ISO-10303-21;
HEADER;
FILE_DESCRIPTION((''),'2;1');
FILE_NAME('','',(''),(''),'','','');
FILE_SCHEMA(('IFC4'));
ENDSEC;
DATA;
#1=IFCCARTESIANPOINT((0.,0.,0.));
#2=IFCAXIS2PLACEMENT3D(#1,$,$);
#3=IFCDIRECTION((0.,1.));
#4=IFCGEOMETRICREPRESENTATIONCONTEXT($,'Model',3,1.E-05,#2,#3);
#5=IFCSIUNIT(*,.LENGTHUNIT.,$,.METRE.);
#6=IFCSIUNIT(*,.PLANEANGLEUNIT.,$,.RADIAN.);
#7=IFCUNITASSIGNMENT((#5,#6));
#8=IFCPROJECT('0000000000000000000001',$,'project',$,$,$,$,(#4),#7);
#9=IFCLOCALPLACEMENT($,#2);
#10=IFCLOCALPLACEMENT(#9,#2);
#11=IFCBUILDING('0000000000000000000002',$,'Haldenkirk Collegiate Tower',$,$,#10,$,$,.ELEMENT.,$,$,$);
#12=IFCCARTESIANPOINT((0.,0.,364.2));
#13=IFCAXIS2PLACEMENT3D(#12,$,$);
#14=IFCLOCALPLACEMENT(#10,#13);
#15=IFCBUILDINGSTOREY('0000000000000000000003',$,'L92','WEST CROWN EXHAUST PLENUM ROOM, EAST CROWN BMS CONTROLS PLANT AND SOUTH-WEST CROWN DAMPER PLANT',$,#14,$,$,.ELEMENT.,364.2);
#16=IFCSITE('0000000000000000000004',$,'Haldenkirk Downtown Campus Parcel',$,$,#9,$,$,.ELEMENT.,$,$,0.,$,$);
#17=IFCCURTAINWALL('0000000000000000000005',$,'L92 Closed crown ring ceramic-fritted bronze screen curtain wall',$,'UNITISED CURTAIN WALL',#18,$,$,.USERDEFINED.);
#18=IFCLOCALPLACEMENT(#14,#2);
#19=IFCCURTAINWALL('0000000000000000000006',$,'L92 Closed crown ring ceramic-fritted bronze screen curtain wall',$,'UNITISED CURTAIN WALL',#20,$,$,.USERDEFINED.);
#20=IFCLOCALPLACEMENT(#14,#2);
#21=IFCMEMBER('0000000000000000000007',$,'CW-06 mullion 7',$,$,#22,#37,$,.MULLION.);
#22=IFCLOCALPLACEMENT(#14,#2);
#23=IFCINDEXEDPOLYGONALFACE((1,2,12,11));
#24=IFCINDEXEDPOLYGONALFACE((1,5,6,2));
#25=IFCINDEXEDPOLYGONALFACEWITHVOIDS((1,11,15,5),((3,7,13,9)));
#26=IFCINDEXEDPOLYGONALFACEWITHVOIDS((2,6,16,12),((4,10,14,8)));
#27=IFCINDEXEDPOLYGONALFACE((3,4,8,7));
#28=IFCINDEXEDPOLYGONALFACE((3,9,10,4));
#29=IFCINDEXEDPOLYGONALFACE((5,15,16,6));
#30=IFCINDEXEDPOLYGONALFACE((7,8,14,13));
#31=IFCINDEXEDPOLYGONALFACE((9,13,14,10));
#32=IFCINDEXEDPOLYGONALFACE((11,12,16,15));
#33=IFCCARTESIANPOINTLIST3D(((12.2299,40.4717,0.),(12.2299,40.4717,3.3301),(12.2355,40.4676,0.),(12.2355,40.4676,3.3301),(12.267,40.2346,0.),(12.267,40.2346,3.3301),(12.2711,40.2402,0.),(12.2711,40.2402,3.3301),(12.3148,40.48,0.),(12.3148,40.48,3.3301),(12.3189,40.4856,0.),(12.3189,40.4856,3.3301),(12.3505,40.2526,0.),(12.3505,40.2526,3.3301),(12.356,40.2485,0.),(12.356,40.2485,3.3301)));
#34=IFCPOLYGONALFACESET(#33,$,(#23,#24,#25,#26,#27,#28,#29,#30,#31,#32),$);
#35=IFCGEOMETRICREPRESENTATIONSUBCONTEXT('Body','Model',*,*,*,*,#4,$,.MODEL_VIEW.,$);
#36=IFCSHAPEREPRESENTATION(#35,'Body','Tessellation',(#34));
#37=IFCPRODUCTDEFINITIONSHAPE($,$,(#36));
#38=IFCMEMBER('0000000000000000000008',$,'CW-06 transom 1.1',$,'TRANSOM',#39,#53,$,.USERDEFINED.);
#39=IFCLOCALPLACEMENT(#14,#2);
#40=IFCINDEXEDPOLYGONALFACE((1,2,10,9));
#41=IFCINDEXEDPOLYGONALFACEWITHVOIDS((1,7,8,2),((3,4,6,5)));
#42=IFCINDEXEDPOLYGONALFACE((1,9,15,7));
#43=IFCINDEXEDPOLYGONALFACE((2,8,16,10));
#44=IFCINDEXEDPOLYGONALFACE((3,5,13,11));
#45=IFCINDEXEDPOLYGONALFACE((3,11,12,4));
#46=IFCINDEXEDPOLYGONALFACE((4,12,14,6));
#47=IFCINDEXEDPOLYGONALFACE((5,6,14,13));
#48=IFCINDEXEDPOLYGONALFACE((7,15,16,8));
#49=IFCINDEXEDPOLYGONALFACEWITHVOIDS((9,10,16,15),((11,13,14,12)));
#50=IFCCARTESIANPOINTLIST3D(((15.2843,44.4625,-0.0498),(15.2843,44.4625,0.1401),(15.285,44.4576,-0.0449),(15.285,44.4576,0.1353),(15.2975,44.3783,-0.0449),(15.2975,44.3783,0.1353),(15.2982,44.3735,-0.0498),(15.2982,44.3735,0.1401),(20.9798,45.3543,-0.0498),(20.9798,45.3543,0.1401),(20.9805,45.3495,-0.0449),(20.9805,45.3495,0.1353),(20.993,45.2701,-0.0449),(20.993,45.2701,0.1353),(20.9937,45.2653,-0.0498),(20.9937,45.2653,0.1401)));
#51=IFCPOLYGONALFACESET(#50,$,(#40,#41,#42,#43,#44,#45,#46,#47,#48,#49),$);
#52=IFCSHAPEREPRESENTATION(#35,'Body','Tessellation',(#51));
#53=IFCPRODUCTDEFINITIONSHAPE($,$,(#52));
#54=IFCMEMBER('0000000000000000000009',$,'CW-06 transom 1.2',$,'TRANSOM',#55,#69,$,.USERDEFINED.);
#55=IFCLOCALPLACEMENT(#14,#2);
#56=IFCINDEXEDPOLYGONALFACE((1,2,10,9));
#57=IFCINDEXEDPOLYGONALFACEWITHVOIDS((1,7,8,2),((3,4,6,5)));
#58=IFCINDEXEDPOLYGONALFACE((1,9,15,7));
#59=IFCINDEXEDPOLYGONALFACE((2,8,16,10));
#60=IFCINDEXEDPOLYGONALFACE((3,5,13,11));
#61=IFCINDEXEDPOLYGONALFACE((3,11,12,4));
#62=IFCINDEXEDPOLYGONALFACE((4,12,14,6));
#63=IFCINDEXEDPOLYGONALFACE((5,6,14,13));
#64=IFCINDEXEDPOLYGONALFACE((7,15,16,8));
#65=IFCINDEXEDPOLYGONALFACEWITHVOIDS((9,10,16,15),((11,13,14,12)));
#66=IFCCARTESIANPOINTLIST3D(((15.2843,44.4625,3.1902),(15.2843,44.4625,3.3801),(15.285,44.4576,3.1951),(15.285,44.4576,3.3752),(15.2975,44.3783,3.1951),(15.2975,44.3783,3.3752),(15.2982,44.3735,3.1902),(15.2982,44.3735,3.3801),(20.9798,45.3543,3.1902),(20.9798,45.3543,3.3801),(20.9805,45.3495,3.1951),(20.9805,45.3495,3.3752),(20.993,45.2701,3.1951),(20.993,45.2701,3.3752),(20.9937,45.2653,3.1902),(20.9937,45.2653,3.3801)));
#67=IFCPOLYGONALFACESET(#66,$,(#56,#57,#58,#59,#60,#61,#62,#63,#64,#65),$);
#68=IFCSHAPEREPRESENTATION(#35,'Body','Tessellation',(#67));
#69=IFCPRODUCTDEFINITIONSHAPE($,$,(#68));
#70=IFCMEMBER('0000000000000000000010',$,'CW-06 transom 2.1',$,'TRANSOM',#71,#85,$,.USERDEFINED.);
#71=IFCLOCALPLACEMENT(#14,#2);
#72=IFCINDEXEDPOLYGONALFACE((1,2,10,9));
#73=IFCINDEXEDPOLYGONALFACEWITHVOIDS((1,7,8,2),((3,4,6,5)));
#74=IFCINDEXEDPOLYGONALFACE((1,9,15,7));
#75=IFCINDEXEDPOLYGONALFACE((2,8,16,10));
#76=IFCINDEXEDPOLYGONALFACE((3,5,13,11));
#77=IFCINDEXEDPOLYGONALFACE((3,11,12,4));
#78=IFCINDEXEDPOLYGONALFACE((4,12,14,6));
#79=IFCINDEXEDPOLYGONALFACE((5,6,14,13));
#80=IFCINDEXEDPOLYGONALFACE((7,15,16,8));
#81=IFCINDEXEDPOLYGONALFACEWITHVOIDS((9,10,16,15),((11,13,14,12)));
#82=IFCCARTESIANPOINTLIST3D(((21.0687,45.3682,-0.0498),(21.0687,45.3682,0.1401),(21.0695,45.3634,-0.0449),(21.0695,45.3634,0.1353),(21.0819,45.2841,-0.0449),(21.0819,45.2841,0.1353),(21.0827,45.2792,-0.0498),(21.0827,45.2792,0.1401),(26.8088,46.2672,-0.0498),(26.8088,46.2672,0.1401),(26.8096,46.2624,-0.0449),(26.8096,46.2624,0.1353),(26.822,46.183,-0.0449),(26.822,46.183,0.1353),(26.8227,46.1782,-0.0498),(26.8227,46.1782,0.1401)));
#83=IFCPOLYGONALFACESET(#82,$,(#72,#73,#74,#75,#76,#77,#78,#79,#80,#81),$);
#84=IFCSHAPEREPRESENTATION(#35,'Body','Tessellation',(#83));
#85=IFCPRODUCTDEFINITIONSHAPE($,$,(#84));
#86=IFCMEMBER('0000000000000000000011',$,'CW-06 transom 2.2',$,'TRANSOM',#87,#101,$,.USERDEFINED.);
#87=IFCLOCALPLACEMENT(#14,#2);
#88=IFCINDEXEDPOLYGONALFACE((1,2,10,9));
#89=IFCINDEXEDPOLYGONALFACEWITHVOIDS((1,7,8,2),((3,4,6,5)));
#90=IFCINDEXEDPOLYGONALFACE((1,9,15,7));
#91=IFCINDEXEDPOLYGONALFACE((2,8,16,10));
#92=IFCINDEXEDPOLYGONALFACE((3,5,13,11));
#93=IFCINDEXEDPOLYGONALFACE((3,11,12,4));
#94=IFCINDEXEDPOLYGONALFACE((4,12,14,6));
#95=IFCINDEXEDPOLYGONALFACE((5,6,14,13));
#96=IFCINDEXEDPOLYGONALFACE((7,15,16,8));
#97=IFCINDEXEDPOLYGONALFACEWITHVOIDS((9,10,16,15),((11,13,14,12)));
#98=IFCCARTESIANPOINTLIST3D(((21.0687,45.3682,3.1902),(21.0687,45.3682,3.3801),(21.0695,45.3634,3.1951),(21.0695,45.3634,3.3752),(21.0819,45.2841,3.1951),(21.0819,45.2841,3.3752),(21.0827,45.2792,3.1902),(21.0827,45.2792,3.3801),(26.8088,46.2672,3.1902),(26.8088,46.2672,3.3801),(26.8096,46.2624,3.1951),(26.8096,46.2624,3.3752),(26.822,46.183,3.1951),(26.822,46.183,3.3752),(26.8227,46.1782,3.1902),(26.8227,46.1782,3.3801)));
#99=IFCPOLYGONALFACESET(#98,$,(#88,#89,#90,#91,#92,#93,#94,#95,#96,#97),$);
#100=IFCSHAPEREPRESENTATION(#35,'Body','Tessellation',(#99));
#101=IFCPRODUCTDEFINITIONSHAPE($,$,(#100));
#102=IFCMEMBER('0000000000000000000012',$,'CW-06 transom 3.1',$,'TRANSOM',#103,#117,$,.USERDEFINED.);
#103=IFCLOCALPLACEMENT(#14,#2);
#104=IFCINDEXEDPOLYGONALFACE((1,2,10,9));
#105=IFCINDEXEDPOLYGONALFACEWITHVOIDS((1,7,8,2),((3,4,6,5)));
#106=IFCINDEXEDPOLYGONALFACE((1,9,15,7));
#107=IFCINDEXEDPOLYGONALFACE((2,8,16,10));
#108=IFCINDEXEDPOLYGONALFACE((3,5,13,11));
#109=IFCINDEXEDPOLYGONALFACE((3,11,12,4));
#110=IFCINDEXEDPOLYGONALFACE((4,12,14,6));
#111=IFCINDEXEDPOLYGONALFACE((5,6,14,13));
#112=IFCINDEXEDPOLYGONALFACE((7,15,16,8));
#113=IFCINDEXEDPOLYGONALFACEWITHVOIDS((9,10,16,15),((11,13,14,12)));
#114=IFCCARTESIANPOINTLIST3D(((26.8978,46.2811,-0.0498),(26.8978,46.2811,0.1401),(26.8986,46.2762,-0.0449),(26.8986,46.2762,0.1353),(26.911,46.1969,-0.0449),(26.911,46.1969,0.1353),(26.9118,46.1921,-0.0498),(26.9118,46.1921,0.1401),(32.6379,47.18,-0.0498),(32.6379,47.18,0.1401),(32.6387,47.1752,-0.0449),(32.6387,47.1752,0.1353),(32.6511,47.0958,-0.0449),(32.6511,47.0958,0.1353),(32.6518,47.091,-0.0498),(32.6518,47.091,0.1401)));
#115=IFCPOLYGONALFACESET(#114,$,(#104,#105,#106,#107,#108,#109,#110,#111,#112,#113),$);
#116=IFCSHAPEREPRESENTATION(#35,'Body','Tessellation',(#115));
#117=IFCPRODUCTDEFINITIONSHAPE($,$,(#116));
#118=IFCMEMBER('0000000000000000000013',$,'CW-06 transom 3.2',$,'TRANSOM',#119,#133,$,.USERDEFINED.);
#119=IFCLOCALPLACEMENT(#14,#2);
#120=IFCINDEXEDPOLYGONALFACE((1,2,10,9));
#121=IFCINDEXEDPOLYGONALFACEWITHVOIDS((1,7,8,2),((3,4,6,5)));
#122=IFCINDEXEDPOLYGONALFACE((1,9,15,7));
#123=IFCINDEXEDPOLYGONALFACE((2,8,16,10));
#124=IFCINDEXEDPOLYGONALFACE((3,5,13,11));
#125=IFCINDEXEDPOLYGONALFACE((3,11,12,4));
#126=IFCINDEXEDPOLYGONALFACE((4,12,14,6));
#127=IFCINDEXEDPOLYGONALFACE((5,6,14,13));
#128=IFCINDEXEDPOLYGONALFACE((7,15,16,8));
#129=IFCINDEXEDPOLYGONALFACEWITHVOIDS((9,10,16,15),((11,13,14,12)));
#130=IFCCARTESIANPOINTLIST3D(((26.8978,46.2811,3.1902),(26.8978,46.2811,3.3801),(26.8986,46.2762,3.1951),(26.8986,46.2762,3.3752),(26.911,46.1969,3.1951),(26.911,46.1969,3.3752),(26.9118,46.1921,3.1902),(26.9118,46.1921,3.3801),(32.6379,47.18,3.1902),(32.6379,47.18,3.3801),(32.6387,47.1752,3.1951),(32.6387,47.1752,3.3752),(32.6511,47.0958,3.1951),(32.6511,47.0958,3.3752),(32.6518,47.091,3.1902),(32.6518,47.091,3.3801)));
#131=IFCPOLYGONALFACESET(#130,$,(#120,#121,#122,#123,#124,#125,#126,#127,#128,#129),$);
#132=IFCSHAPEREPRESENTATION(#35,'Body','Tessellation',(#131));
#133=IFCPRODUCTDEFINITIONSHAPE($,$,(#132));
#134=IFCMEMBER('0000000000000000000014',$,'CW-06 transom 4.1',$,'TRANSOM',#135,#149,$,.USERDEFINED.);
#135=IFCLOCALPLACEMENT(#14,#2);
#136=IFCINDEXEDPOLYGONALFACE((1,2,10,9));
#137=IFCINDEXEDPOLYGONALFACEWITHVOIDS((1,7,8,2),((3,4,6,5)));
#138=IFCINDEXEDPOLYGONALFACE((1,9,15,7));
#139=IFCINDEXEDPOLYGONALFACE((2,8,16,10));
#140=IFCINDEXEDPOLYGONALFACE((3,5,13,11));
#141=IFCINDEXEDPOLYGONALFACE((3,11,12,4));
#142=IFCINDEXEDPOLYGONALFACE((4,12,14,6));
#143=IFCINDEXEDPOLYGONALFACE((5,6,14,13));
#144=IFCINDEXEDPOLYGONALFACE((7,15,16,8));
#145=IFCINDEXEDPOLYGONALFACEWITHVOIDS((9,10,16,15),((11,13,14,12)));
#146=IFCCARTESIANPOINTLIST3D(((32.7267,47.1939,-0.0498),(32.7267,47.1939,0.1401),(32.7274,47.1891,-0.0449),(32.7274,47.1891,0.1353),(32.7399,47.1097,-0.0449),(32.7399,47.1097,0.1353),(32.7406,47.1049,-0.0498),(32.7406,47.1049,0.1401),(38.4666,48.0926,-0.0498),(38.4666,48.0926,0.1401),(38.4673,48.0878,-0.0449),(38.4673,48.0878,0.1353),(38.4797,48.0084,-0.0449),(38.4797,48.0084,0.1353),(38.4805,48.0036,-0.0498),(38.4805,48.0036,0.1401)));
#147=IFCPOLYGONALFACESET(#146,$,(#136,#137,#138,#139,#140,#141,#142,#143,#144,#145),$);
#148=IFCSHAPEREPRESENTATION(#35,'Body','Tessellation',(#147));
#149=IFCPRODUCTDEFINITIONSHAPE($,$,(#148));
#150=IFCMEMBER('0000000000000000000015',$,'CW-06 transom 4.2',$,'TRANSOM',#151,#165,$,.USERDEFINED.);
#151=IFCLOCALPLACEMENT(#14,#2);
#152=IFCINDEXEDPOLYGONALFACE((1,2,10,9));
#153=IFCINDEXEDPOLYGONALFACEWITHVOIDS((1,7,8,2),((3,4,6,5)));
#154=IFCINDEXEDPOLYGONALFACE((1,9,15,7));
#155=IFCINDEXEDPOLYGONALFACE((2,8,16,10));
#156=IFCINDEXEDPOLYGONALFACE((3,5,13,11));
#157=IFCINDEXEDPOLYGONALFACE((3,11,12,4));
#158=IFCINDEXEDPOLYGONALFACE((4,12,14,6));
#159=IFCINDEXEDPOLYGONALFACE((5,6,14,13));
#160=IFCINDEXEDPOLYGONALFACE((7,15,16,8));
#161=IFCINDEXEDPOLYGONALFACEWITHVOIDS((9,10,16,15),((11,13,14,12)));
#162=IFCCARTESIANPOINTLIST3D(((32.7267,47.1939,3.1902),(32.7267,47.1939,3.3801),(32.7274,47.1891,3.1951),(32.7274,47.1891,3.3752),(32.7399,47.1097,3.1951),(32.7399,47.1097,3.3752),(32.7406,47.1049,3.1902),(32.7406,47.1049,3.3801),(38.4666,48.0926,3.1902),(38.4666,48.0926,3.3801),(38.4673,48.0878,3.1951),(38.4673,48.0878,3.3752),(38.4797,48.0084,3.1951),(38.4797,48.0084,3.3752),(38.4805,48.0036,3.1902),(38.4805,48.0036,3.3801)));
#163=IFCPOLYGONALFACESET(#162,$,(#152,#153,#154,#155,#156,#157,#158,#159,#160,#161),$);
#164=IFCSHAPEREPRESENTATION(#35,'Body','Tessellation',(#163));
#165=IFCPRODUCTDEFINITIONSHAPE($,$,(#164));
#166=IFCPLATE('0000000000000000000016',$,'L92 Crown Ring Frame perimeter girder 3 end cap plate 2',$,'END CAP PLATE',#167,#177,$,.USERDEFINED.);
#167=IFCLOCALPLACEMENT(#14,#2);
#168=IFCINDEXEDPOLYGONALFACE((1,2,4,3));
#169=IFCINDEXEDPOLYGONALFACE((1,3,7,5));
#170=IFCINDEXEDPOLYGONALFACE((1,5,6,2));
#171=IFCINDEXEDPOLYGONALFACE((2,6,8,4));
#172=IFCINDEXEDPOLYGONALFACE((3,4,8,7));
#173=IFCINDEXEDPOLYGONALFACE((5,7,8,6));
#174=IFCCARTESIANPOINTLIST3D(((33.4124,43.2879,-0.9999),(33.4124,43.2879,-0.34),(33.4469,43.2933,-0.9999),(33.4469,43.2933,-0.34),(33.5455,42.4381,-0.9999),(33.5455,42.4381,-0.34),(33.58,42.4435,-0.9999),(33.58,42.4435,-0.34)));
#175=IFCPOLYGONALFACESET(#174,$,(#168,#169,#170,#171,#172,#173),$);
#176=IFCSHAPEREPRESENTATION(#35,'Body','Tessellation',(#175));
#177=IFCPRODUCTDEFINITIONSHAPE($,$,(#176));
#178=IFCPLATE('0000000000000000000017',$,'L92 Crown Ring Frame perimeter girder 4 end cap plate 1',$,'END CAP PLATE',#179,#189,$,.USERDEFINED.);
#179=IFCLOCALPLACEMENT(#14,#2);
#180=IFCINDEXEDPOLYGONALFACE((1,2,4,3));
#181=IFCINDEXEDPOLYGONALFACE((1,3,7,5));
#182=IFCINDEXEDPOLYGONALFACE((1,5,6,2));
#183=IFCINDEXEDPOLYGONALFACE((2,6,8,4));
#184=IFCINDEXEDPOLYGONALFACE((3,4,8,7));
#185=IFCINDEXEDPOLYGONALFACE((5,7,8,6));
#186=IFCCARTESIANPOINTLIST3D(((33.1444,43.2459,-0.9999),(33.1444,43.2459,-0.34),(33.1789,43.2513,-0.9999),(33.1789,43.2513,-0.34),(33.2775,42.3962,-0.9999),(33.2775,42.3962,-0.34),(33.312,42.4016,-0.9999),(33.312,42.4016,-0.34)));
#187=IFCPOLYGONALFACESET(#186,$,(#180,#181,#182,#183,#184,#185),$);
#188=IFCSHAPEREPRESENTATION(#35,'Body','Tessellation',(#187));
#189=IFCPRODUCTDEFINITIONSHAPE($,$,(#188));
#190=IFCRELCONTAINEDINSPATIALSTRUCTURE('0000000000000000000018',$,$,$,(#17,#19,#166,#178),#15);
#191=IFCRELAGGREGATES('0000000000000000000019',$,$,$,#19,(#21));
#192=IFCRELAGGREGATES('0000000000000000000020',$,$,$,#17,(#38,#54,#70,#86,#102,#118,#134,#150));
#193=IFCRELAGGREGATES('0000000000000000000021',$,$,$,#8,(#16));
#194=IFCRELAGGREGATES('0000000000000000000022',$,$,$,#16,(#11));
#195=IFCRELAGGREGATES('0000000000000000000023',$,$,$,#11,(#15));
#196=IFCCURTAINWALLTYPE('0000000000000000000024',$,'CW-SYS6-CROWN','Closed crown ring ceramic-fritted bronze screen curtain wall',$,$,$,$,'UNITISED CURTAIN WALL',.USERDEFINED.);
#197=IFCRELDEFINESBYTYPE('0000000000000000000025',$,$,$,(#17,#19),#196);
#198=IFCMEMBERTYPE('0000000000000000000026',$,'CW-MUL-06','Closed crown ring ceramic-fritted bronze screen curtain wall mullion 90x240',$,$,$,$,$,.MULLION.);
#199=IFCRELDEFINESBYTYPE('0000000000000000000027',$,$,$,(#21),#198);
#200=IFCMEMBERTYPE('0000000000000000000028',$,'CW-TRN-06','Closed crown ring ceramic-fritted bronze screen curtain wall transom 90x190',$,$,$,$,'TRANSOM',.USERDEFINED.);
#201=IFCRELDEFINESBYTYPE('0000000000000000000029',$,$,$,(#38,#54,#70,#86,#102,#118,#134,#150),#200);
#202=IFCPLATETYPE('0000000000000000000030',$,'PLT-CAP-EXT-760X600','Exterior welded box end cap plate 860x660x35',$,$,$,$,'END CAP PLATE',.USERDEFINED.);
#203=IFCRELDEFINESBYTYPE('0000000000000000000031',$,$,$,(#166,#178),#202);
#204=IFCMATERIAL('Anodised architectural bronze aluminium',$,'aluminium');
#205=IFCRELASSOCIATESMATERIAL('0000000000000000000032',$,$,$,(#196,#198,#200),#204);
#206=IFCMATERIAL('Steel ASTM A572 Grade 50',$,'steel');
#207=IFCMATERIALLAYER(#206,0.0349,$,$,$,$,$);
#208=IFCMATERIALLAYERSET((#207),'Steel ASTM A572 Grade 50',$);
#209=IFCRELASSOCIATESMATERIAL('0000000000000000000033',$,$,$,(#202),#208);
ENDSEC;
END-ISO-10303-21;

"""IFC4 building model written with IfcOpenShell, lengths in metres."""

from ifc_helpers import new_model, si_unit, direction, frame, origin, origin_2d, place, context, subcontext, project, spatial, rectangle, hollow_rectangle, extrude, source, transform, mapped, material, layer, layer_set, material_profile, profile_set, type_object, element, aggregate, save


model = new_model("IFC4")

# Units and contexts
model_context = context("Model", 3, precision=1e-05, world=origin(), true_north=direction((0.0, 1.0)))
body_context = subcontext(model_context, "Body", "Model", "MODEL_VIEW")
ifc_project = project(units=[si_unit("LENGTHUNIT", "METRE"), si_unit("PLANEANGLEUNIT", "RADIAN")], contexts=[model_context])

# Site, building, storey
site_placement = place(None, origin())
site = spatial("IfcSite", under=ifc_project, at=site_placement, Name="Haldenkirk Downtown Campus Parcel", CompositionType="ELEMENT", RefElevation=0.0)
building_placement = place(site_placement, origin())
building = spatial("IfcBuilding", under=site, at=building_placement, Name="Haldenkirk Collegiate Tower", CompositionType="ELEMENT")
storey_placement = place(building_placement, frame((0.0, 0.0, 364.2)))
storey = spatial("IfcBuildingStorey", under=building, at=storey_placement, Name="L92", Description="WEST CROWN EXHAUST PLENUM ROOM, EAST CROWN BMS CONTROLS PLANT AND SOUTH-WEST CROWN DAMPER PLANT", CompositionType="ELEMENT", Elevation=364.2)

# Shared definitions
ifc_material_1 = material(Name="Steel ASTM A572 Grade 50", Category="steel")

# Curtain wall
ifc_material_2 = material(Name="Anodised architectural bronze aluminium", Category="aluminium")
curtain_wall_type = type_object("IfcCurtainWallType", Name="CW-SYS6-CROWN", Description="Closed crown ring ceramic-fritted bronze screen curtain wall", ElementType="UNITISED CURTAIN WALL", PredefinedType="USERDEFINED", material=ifc_material_2)
curtain_wall_1_placement = place(storey_placement, origin())
curtain_wall_1 = element("IfcCurtainWall", 1, at=curtain_wall_1_placement, inside=storey, type_object=curtain_wall_type, Name="L92 Closed crown ring ceramic-fritted bronze screen curtain wall", ObjectType="UNITISED CURTAIN WALL", PredefinedType="USERDEFINED")
ifc_material_profile_1 = material_profile(ifc_material_2, hollow_rectangle(XDim=0.0901, YDim=0.24, WallThickness=0.0049, at=origin_2d()), Name="CW-MUL-06")
ifc_profile_set_1 = profile_set([ifc_material_profile_1], Name="Anodised architectural bronze aluminium")
member_type_1 = type_object("IfcMemberType", Name="CW-MUL-06", Description="Closed crown ring ceramic-fritted bronze screen curtain wall mullion 90x240", PredefinedType="MULLION", material=ifc_profile_set_1)

# Curtain wall, member
curtain_wall_2_placement = place(storey_placement, origin())
curtain_wall_2 = element("IfcCurtainWall", 2, at=curtain_wall_2_placement, inside=storey, type_object=curtain_wall_type, Name="L92 Closed crown ring ceramic-fritted bronze screen curtain wall", ObjectType="UNITISED CURTAIN WALL", PredefinedType="USERDEFINED")
member_1_placement = place(storey_placement, frame((12.293, 40.3601, 0.0), z_axis=(0.0, 0.0, 1.0), x_axis=(-0.98796, -0.154713, 0.0)))
member_1 = element("IfcMember", 3, at=member_1_placement, type_object=member_type_1, Name="CW-06 mullion 7", PredefinedType="MULLION", context=body_context, shape_type="SweptSolid", body=[
    extrude(hollow_rectangle(XDim=0.0901, YDim=0.24, WallThickness=0.0049, at=origin_2d()), origin(), (0.0, 0.0, 1.0), 3.3301),
])
aggregate(curtain_wall_2, [member_1])

# Members
ifc_material_profile_2 = material_profile(ifc_material_2, hollow_rectangle(XDim=0.0901, YDim=0.1899, WallThickness=0.0049, at=origin_2d()), Name="CW-TRN-06")
ifc_profile_set_2 = profile_set([ifc_material_profile_2], Name="Anodised architectural bronze aluminium")
member_type_2 = type_object("IfcMemberType", Name="CW-TRN-06", Description="Closed crown ring ceramic-fritted bronze screen curtain wall transom 90x190", ElementType="TRANSOM", PredefinedType="USERDEFINED", material=ifc_profile_set_2)
member_2_placement = place(storey_placement, frame((15.2913, 44.418, 0.0452), z_axis=(0.987961, 0.154701, 0.0), x_axis=(-0.154701, 0.987961, 0.0)))
member_2 = element("IfcMember", 4, at=member_2_placement, type_object=member_type_2, Name="CW-06 transom 1.1", ObjectType="TRANSOM", PredefinedType="USERDEFINED", context=body_context, shape_type="SweptSolid", body=[
    extrude(hollow_rectangle(XDim=0.0901, YDim=0.1899, WallThickness=0.0049, at=origin_2d()), origin(), (0.0, 0.0, 1.0), 5.7649),
])
member_3_placement = place(storey_placement, frame((15.2913, 44.418, 3.2852), z_axis=(0.987961, 0.154701, 0.0), x_axis=(-0.154701, 0.987961, 0.0)))
member_3 = element("IfcMember", 5, at=member_3_placement, type_object=member_type_2, Name="CW-06 transom 1.2", ObjectType="TRANSOM", PredefinedType="USERDEFINED", context=body_context, shape_type="SweptSolid", body=[
    extrude(hollow_rectangle(XDim=0.0901, YDim=0.1899, WallThickness=0.0049, at=origin_2d()), origin(), (0.0, 0.0, 1.0), 5.7649),
])
member_4_placement = place(storey_placement, frame((21.0757, 45.3237, 0.0452), z_axis=(0.987958, 0.154722, 0.0), x_axis=(-0.154722, 0.987958, 0.0)))
member_4 = element("IfcMember", 6, at=member_4_placement, type_object=member_type_2, Name="CW-06 transom 2.1", ObjectType="TRANSOM", PredefinedType="USERDEFINED", context=body_context, shape_type="SweptSolid", body=[
    extrude(hollow_rectangle(XDim=0.0901, YDim=0.1899, WallThickness=0.0049, at=origin_2d()), origin(), (0.0, 0.0, 1.0), 5.8101),
])
member_5_placement = place(storey_placement, frame((21.0757, 45.3237, 3.2852), z_axis=(0.987958, 0.154722, 0.0), x_axis=(-0.154722, 0.987958, 0.0)))
member_5 = element("IfcMember", 7, at=member_5_placement, type_object=member_type_2, Name="CW-06 transom 2.2", ObjectType="TRANSOM", PredefinedType="USERDEFINED", context=body_context, shape_type="SweptSolid", body=[
    extrude(hollow_rectangle(XDim=0.0901, YDim=0.1899, WallThickness=0.0049, at=origin_2d()), origin(), (0.0, 0.0, 1.0), 5.8101),
])
member_6_placement = place(storey_placement, frame((26.9048, 46.2366, 0.0452), z_axis=(0.987958, 0.154722, 0.0), x_axis=(-0.154722, 0.987958, 0.0)))
member_6 = element("IfcMember", 8, at=member_6_placement, type_object=member_type_2, Name="CW-06 transom 3.1", ObjectType="TRANSOM", PredefinedType="USERDEFINED", context=body_context, shape_type="SweptSolid", body=[
    extrude(hollow_rectangle(XDim=0.0901, YDim=0.1899, WallThickness=0.0049, at=origin_2d()), origin(), (0.0, 0.0, 1.0), 5.8101),
])
member_7_placement = place(storey_placement, frame((26.9048, 46.2366, 3.2852), z_axis=(0.987958, 0.154722, 0.0), x_axis=(-0.154722, 0.987958, 0.0)))
member_7 = element("IfcMember", 9, at=member_7_placement, type_object=member_type_2, Name="CW-06 transom 3.2", ObjectType="TRANSOM", PredefinedType="USERDEFINED", context=body_context, shape_type="SweptSolid", body=[
    extrude(hollow_rectangle(XDim=0.0901, YDim=0.1899, WallThickness=0.0049, at=origin_2d()), origin(), (0.0, 0.0, 1.0), 5.8101),
])
member_8_placement = place(storey_placement, frame((32.7336, 47.1494, 0.0452), z_axis=(0.987965, 0.154681, 0.0), x_axis=(-0.154681, 0.987965, 0.0)))
member_8 = element("IfcMember", 10, at=member_8_placement, type_object=member_type_2, Name="CW-06 transom 4.1", ObjectType="TRANSOM", PredefinedType="USERDEFINED", context=body_context, shape_type="SweptSolid", body=[
    extrude(hollow_rectangle(XDim=0.0901, YDim=0.1899, WallThickness=0.0049, at=origin_2d()), origin(), (0.0, 0.0, 1.0), 5.8098),
])
member_9_placement = place(storey_placement, frame((32.7336, 47.1494, 3.2852), z_axis=(0.987965, 0.154681, 0.0), x_axis=(-0.154681, 0.987965, 0.0)))
member_9 = element("IfcMember", 11, at=member_9_placement, type_object=member_type_2, Name="CW-06 transom 4.2", ObjectType="TRANSOM", PredefinedType="USERDEFINED", context=body_context, shape_type="SweptSolid", body=[
    extrude(hollow_rectangle(XDim=0.0901, YDim=0.1899, WallThickness=0.0049, at=origin_2d()), origin(), (0.0, 0.0, 1.0), 5.8098),
])

# Plates
ifc_layer_1 = layer(ifc_material_1, 0.0349)
ifc_layer_set_1 = layer_set([ifc_layer_1], Name="Steel ASTM A572 Grade 50")
plate_type_1 = type_object("IfcPlateType", Name="PLT-CAP-EXT-760X600", Description="Exterior welded box end cap plate 860x660x35", ElementType="END CAP PLATE", PredefinedType="USERDEFINED", material=ifc_layer_set_1)
shared_shape_1 = source(origin(), body_context, "Body", "SweptSolid", [
    extrude(rectangle(XDim=0.8601, YDim=0.6599, at=origin_2d()), origin(), (0.0, 0.0, 1.0), 0.0349),
])
for number, where, z_axis, x_axis, name in (
    (12, (33.5134, 42.8684, -0.6699), (-0.987959, -0.154713, 0.0), (0.154713, -0.987959, 0.0), "L92 Crown Ring Frame perimeter girder 3 end cap plate 2"),
    (13, (33.2109, 42.821, -0.6699), (0.987959, 0.154713, 0.0), (-0.154713, 0.987959, 0.0), "L92 Crown Ring Frame perimeter girder 4 end cap plate 1"),
):
    element("IfcPlate", number, at=place(storey_placement, frame(where, z_axis=z_axis, x_axis=x_axis)), inside=storey, type_object=plate_type_1, Name=name, ObjectType="END CAP PLATE", PredefinedType="USERDEFINED", context=body_context, shape_type="MappedRepresentation", body=[
        mapped(shared_shape_1, transform((0.0, 0.0, 0.0), x_axis=(1.0, 0.0, 0.0), y_axis=(0.0, 1.0, 0.0), z_axis=(0.0, 0.0, 1.0), scale=1.0)),
    ])

aggregate(curtain_wall_1, [member_2, member_3, member_4, member_5, member_6, member_7, member_8, member_9])

save(model, "model.ifc")
